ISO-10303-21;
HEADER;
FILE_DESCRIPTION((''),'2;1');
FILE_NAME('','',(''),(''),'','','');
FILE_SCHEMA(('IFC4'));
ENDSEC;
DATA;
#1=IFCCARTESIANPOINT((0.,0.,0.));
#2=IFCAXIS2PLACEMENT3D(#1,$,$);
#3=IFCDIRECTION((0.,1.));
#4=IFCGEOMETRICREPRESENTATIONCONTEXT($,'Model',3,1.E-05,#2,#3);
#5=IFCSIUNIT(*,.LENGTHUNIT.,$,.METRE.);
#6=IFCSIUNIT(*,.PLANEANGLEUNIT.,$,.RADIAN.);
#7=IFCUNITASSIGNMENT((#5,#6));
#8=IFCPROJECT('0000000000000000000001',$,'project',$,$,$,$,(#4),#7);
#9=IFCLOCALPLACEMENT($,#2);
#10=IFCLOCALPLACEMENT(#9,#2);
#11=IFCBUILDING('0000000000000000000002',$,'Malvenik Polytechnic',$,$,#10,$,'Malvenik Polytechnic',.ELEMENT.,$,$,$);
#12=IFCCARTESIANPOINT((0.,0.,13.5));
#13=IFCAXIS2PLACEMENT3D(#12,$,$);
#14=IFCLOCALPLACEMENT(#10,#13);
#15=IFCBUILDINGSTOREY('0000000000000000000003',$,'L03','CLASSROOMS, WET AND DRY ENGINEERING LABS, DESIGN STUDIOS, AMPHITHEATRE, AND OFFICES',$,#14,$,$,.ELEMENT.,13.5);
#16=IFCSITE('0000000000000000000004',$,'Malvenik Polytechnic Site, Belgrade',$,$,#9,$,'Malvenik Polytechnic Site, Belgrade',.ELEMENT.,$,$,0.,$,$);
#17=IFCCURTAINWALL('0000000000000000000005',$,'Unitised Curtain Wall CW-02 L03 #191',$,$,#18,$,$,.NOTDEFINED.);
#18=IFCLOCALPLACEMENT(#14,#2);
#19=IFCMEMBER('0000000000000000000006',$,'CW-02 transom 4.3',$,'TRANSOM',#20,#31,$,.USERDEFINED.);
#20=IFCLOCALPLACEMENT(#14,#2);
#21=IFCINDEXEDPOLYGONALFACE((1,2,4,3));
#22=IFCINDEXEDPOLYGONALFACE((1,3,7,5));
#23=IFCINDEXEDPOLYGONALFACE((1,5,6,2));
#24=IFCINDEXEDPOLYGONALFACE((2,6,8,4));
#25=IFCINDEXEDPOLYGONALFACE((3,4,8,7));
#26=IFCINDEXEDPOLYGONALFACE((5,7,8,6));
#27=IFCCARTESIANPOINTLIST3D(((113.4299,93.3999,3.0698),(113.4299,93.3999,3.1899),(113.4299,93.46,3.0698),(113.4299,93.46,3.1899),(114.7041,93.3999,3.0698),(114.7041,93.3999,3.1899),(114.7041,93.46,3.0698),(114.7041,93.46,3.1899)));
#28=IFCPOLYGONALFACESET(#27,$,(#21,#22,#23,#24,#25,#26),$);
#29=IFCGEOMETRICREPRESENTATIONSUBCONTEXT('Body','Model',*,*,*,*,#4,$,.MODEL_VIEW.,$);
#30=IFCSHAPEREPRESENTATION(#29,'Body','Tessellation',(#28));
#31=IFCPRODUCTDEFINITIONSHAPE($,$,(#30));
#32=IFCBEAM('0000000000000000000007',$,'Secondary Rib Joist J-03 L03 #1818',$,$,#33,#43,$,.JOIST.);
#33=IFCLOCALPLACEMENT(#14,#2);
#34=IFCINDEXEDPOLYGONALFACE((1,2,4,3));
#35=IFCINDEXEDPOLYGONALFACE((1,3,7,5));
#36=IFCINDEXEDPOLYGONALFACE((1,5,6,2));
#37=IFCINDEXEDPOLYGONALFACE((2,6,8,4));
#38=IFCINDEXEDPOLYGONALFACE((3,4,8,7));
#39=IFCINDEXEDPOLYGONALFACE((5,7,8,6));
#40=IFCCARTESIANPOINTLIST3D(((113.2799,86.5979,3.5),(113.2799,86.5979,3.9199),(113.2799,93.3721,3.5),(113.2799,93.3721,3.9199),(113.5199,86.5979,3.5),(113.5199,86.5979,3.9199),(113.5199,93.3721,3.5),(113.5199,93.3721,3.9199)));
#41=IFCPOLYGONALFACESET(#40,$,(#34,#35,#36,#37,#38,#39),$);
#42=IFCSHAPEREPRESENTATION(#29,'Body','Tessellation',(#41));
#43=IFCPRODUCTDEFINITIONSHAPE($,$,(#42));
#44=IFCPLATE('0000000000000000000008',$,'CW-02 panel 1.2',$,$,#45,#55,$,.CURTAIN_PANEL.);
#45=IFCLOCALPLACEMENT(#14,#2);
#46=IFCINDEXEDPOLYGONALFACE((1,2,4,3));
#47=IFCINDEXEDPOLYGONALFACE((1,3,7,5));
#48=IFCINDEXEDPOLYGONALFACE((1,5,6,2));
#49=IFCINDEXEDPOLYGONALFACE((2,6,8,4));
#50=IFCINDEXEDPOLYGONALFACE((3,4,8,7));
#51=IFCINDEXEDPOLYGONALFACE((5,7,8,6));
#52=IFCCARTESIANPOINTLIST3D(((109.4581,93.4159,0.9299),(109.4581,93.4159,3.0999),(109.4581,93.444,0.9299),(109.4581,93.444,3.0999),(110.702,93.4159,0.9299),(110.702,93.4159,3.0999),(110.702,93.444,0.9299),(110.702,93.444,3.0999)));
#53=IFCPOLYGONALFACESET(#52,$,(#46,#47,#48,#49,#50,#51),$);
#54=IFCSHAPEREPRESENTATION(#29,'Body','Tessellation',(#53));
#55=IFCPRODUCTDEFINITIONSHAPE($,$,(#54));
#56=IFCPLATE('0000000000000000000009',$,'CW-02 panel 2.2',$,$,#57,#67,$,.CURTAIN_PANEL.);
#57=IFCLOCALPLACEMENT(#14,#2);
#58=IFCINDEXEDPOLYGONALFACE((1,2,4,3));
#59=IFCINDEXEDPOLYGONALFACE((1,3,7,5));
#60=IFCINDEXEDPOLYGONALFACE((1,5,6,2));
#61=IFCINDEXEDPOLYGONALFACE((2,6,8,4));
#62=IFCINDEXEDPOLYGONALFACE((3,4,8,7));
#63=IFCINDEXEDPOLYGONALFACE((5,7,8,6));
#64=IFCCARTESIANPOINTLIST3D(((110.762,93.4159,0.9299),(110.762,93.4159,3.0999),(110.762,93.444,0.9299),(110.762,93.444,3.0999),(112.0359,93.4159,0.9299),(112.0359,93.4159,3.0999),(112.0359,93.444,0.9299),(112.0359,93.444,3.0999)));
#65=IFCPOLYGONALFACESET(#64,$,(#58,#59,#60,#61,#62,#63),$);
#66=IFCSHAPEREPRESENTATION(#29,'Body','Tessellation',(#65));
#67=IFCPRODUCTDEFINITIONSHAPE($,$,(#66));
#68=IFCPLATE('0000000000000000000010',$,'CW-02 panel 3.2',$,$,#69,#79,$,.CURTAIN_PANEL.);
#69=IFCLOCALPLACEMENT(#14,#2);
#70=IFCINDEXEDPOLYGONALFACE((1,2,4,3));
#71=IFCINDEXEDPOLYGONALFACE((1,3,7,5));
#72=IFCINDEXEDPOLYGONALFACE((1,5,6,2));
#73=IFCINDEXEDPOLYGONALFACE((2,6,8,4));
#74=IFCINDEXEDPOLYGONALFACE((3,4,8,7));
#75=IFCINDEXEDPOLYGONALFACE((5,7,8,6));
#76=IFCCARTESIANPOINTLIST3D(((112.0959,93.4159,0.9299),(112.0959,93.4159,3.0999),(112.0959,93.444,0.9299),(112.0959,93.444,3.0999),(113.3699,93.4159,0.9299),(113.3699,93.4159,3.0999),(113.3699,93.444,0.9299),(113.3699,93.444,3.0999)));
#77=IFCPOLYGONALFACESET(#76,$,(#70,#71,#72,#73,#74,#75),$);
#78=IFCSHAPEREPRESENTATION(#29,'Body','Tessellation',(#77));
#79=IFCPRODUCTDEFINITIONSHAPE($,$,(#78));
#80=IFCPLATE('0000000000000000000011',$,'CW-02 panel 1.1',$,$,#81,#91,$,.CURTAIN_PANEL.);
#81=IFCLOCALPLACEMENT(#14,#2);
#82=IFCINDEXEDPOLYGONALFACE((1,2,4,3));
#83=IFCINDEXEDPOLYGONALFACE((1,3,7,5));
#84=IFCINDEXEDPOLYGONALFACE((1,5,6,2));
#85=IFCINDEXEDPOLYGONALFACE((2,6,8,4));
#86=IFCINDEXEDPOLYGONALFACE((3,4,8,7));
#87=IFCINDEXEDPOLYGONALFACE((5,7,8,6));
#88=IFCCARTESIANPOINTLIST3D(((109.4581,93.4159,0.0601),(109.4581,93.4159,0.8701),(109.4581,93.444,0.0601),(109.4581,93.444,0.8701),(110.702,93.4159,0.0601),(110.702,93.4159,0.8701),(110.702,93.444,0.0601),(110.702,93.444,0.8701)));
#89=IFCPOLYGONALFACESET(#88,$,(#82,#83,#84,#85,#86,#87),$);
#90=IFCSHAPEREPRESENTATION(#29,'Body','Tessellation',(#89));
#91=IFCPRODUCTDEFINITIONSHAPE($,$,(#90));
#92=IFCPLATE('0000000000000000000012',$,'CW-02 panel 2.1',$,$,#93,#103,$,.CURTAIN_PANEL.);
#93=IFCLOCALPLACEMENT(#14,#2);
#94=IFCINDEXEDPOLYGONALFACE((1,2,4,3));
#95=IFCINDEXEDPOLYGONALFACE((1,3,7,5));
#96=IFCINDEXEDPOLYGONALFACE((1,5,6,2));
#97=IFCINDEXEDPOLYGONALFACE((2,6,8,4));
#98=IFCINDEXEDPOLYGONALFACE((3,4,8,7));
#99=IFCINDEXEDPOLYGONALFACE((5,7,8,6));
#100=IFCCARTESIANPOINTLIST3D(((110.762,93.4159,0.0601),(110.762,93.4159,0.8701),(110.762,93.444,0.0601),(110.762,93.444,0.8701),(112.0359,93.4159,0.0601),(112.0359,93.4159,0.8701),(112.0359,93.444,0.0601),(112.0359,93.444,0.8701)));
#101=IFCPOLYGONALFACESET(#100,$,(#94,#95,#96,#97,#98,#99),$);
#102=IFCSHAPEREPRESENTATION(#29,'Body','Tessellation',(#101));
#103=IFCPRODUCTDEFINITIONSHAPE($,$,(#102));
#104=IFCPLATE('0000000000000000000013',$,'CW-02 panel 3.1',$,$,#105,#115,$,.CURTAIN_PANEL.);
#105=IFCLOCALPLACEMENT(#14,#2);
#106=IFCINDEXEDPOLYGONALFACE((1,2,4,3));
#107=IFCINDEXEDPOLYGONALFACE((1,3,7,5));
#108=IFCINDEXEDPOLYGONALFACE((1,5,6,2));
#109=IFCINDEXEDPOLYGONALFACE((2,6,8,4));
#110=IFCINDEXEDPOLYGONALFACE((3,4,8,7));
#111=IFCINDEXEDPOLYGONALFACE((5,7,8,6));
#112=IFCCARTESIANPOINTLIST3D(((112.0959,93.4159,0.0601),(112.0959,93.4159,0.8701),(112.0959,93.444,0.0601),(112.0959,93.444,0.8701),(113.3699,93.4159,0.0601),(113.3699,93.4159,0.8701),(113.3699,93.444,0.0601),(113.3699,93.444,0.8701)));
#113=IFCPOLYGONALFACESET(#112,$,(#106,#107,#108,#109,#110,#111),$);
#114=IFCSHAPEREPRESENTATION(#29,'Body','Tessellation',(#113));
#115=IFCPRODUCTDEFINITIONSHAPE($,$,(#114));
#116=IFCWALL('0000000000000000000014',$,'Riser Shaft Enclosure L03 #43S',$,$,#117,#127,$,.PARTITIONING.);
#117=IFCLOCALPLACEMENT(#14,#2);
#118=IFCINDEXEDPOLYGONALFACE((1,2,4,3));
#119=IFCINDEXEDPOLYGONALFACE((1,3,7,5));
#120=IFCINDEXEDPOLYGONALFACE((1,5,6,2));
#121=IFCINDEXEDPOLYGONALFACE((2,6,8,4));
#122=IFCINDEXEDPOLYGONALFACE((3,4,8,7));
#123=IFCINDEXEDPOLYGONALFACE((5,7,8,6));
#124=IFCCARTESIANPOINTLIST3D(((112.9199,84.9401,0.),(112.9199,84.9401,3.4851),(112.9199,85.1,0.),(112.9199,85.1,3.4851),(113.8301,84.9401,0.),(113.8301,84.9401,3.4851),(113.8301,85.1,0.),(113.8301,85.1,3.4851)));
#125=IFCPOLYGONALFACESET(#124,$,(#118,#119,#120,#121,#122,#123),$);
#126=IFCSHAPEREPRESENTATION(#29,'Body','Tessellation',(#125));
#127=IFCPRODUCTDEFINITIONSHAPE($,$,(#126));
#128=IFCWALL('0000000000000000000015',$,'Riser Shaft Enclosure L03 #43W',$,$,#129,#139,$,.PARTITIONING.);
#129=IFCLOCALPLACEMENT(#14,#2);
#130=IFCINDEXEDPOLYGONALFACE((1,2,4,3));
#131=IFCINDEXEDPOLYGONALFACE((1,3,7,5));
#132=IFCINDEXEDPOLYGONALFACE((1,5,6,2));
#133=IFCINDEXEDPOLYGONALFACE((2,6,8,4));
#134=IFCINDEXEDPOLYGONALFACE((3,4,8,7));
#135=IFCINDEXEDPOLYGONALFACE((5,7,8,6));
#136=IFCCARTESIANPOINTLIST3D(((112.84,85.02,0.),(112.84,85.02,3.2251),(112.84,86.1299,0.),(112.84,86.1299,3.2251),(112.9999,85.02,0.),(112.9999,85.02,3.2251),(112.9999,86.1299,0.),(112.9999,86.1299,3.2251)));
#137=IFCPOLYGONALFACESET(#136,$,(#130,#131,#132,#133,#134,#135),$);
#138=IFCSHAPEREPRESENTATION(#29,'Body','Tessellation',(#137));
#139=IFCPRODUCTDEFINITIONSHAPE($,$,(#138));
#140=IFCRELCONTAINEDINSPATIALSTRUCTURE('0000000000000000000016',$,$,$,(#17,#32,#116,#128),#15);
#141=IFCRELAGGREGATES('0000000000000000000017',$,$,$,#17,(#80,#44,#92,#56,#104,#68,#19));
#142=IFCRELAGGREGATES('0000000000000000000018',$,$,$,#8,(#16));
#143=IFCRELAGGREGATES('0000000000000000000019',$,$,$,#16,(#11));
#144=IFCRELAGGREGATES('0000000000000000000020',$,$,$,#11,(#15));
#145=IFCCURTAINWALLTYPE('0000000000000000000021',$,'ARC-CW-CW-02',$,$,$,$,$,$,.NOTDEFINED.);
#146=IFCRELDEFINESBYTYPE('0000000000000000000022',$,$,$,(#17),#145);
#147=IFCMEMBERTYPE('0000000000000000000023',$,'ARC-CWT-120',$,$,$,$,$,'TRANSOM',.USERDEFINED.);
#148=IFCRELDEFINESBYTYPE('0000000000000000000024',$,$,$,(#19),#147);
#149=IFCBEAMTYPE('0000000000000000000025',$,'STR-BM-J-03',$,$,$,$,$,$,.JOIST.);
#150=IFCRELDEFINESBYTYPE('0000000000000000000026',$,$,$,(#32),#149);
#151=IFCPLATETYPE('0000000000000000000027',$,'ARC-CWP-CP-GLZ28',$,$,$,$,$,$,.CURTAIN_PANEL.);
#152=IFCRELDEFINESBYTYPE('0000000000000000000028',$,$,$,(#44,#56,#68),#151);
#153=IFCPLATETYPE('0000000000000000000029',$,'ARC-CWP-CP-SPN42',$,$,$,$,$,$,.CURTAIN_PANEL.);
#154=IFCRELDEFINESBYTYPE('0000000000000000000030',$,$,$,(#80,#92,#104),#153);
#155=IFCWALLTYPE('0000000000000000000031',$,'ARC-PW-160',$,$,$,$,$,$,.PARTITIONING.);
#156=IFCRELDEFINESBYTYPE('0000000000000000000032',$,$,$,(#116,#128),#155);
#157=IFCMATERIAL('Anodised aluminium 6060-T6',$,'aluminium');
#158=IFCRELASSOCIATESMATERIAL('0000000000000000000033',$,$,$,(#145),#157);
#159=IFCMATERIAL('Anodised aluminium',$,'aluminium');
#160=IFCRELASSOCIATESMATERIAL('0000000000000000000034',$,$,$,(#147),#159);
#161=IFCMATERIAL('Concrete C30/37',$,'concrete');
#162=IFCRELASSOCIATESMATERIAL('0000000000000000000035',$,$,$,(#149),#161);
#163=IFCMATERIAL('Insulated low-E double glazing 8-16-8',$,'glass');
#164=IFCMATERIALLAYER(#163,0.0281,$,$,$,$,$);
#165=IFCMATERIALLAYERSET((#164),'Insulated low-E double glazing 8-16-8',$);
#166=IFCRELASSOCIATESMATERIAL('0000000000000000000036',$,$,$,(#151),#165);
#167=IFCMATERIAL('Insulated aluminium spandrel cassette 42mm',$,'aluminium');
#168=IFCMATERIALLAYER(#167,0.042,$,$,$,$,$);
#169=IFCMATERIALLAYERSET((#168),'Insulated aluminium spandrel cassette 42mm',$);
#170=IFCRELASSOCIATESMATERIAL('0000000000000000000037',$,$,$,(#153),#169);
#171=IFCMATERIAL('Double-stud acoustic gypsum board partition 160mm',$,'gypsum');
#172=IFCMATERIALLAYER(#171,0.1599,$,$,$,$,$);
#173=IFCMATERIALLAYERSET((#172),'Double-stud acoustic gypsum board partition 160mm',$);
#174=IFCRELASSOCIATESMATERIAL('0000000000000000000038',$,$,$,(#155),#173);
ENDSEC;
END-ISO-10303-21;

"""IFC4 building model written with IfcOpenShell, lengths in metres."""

from ifc_helpers import new_model, si_unit, direction, frame, frame_2d, origin, origin_2d, place, context, subcontext, project, spatial, rectangle, extrude, material, layer, layer_set, material_profile, profile_set, type_object, element, aggregate, save


model = new_model("IFC4")

# Units and contexts
model_context = context("Model", 3, precision=1e-05, world=origin(), true_north=direction((0.0, 1.0)))
body_context = subcontext(model_context, "Body", "Model", "MODEL_VIEW")
ifc_project = project(units=[si_unit("LENGTHUNIT", "METRE"), si_unit("PLANEANGLEUNIT", "RADIAN")], contexts=[model_context])

# Site, building, storey
site_placement = place(None, origin())
site = spatial("IfcSite", under=ifc_project, at=site_placement, Name="Malvenik Polytechnic Site, Belgrade", LongName="Malvenik Polytechnic Site, Belgrade", CompositionType="ELEMENT", RefElevation=0.0)
building_placement = place(site_placement, origin())
building = spatial("IfcBuilding", under=site, at=building_placement, Name="Malvenik Polytechnic", LongName="Malvenik Polytechnic", CompositionType="ELEMENT")
storey_placement = place(building_placement, frame((0.0, 0.0, 13.5)))
storey = spatial("IfcBuildingStorey", under=building, at=storey_placement, Name="L03", Description="CLASSROOMS, WET AND DRY ENGINEERING LABS, DESIGN STUDIOS, AMPHITHEATRE, AND OFFICES", CompositionType="ELEMENT", Elevation=13.5)

# Curtain wall, member
ifc_material_1 = material(Name="Anodised aluminium 6060-T6", Category="aluminium")
curtain_wall_type = type_object("IfcCurtainWallType", Name="ARC-CW-CW-02", PredefinedType="NOTDEFINED", material=ifc_material_1)
curtain_wall_placement = place(storey_placement, origin())
curtain_wall = element("IfcCurtainWall", 1, at=curtain_wall_placement, inside=storey, type_object=curtain_wall_type, Name="Unitised Curtain Wall CW-02 L03 #191", PredefinedType="NOTDEFINED")
ifc_material_2 = material(Name="Anodised aluminium", Category="aluminium")
ifc_material_profile_1 = material_profile(ifc_material_2, rectangle(XDim=0.0601, YDim=0.1201, at=origin_2d()), Name="ALU TRANSOM 60x120")
ifc_profile_set_1 = profile_set([ifc_material_profile_1], Name="Anodised aluminium")
member_type_1 = type_object("IfcMemberType", Name="ARC-CWT-120", ElementType="TRANSOM", PredefinedType="USERDEFINED", material=ifc_profile_set_1)
member_1_placement = place(storey_placement, frame((113.4299, 93.4299, 3.1299), z_axis=(1.0, 0.0, 0.0), x_axis=(0.0, 1.0, 0.0)))
member_1 = element("IfcMember", 2, at=member_1_placement, type_object=member_type_1, Name="CW-02 transom 4.3", ObjectType="TRANSOM", PredefinedType="USERDEFINED", context=body_context, shape_type="SweptSolid", body=[
    extrude(rectangle(XDim=0.0601, YDim=0.1201, at=origin_2d()), origin(), (0.0, 0.0, 1.0), 1.2742),
])

# Beam
ifc_material_3 = material(Name="Concrete C30/37", Category="concrete")
ifc_material_profile_2 = material_profile(ifc_material_3, rectangle(XDim=0.24, YDim=0.4199, at=origin_2d()), Name="RC JST 240x420")
ifc_profile_set_2 = profile_set([ifc_material_profile_2], Name="Concrete C30/37")
beam_type = type_object("IfcBeamType", Name="STR-BM-J-03", PredefinedType="JOIST", material=ifc_profile_set_2)
beam_placement = place(storey_placement, frame((113.3999, 86.5979, 3.71), z_axis=(0.0, 1.0, 0.0), x_axis=(-1.0, 0.0, 0.0)))
element("IfcBeam", 3, at=beam_placement, inside=storey, type_object=beam_type, Name="Secondary Rib Joist J-03 L03 #1818", PredefinedType="JOIST", context=body_context, shape_type="SweptSolid", body=[
    extrude(rectangle(XDim=0.24, YDim=0.4199, at=origin_2d()), origin(), (0.0, 0.0, 1.0), 6.7742),
])

# Plates
ifc_material_4 = material(Name="Insulated low-E double glazing 8-16-8", Category="glass")
ifc_layer_1 = layer(ifc_material_4, 0.0281)
ifc_layer_set_1 = layer_set([ifc_layer_1], Name="Insulated low-E double glazing 8-16-8")
plate_type_1 = type_object("IfcPlateType", Name="ARC-CWP-CP-GLZ28", PredefinedType="CURTAIN_PANEL", material=ifc_layer_set_1)
plate_1_placement = place(storey_placement, frame((110.0801, 93.4299, 0.9299), z_axis=(0.0, 0.0, 1.0), x_axis=(1.0, 0.0, 0.0)))
plate_1 = element("IfcPlate", 4, at=plate_1_placement, type_object=plate_type_1, Name="CW-02 panel 1.2", PredefinedType="CURTAIN_PANEL", context=body_context, shape_type="SweptSolid", body=[
    extrude(rectangle(XDim=1.2439, YDim=0.0281, at=origin_2d()), origin(), (0.0, 0.0, 1.0), 2.1699),
])
plate_2_placement = place(storey_placement, frame((111.3989, 93.4299, 0.9299), z_axis=(0.0, 0.0, 1.0), x_axis=(1.0, 0.0, 0.0)))
plate_2 = element("IfcPlate", 5, at=plate_2_placement, type_object=plate_type_1, Name="CW-02 panel 2.2", PredefinedType="CURTAIN_PANEL", context=body_context, shape_type="SweptSolid", body=[
    extrude(rectangle(XDim=1.2739, YDim=0.0281, at=origin_2d()), origin(), (0.0, 0.0, 1.0), 2.1699),
])
plate_3_placement = place(storey_placement, frame((112.7329, 93.4299, 0.9299), z_axis=(0.0, 0.0, 1.0), x_axis=(1.0, 0.0, 0.0)))
plate_3 = element("IfcPlate", 6, at=plate_3_placement, type_object=plate_type_1, Name="CW-02 panel 3.2", PredefinedType="CURTAIN_PANEL", context=body_context, shape_type="SweptSolid", body=[
    extrude(rectangle(XDim=1.2739, YDim=0.0281, at=origin_2d()), origin(), (0.0, 0.0, 1.0), 2.1699),
])
ifc_material_5 = material(Name="Insulated aluminium spandrel cassette 42mm", Category="aluminium")
ifc_layer_2 = layer(ifc_material_5, 0.042)
ifc_layer_set_2 = layer_set([ifc_layer_2], Name="Insulated aluminium spandrel cassette 42mm")
plate_type_2 = type_object("IfcPlateType", Name="ARC-CWP-CP-SPN42", PredefinedType="CURTAIN_PANEL", material=ifc_layer_set_2)
plate_4_placement = place(storey_placement, frame((110.0801, 93.4299, 0.0601), z_axis=(0.0, 0.0, 1.0), x_axis=(1.0, 0.0, 0.0)))
plate_4 = element("IfcPlate", 7, at=plate_4_placement, type_object=plate_type_2, Name="CW-02 panel 1.1", PredefinedType="CURTAIN_PANEL", context=body_context, shape_type="SweptSolid", body=[
    extrude(rectangle(XDim=1.2439, YDim=0.0281, at=origin_2d()), origin(), (0.0, 0.0, 1.0), 0.8101),
])
plate_5_placement = place(storey_placement, frame((111.3989, 93.4299, 0.0601), z_axis=(0.0, 0.0, 1.0), x_axis=(1.0, 0.0, 0.0)))
plate_5 = element("IfcPlate", 8, at=plate_5_placement, type_object=plate_type_2, Name="CW-02 panel 2.1", PredefinedType="CURTAIN_PANEL", context=body_context, shape_type="SweptSolid", body=[
    extrude(rectangle(XDim=1.2739, YDim=0.0281, at=origin_2d()), origin(), (0.0, 0.0, 1.0), 0.8101),
])
plate_6_placement = place(storey_placement, frame((112.7329, 93.4299, 0.0601), z_axis=(0.0, 0.0, 1.0), x_axis=(1.0, 0.0, 0.0)))
plate_6 = element("IfcPlate", 9, at=plate_6_placement, type_object=plate_type_2, Name="CW-02 panel 3.1", PredefinedType="CURTAIN_PANEL", context=body_context, shape_type="SweptSolid", body=[
    extrude(rectangle(XDim=1.2739, YDim=0.0281, at=origin_2d()), origin(), (0.0, 0.0, 1.0), 0.8101),
])
aggregate(curtain_wall, [plate_4, plate_1, plate_5, plate_2, plate_6, plate_3, member_1])

# Walls
ifc_material_6 = material(Name="Double-stud acoustic gypsum board partition 160mm", Category="gypsum")
ifc_layer_3 = layer(ifc_material_6, 0.1599)
ifc_layer_set_3 = layer_set([ifc_layer_3], Name="Double-stud acoustic gypsum board partition 160mm")
wall_type = type_object("IfcWallType", Name="ARC-PW-160", PredefinedType="PARTITIONING", material=ifc_layer_set_3)
wall_1_placement = place(storey_placement, frame((112.9199, 85.02, 0.0), z_axis=(0.0, 0.0, 1.0), x_axis=(1.0, 0.0, 0.0)))
element("IfcWall", 10, at=wall_1_placement, inside=storey, type_object=wall_type, Name="Riser Shaft Enclosure L03 #43S", PredefinedType="PARTITIONING", context=body_context, shape_type="SweptSolid", body=[
    extrude(rectangle(XDim=0.9102, YDim=0.1599, at=frame_2d((0.4551, 0.0))), origin(), (0.0, 0.0, 1.0), 3.4851),
])
wall_2_placement = place(storey_placement, frame((112.9199, 86.1299, 0.0), z_axis=(0.0, 0.0, 1.0), x_axis=(0.0, -1.0, 0.0)))
element("IfcWall", 11, at=wall_2_placement, inside=storey, type_object=wall_type, Name="Riser Shaft Enclosure L03 #43W", PredefinedType="PARTITIONING", context=body_context, shape_type="SweptSolid", body=[
    extrude(rectangle(XDim=1.1099, YDim=0.1599, at=frame_2d((0.5549, 0.0))), origin(), (0.0, 0.0, 1.0), 3.2251),
])

save(model, "model.ifc")
